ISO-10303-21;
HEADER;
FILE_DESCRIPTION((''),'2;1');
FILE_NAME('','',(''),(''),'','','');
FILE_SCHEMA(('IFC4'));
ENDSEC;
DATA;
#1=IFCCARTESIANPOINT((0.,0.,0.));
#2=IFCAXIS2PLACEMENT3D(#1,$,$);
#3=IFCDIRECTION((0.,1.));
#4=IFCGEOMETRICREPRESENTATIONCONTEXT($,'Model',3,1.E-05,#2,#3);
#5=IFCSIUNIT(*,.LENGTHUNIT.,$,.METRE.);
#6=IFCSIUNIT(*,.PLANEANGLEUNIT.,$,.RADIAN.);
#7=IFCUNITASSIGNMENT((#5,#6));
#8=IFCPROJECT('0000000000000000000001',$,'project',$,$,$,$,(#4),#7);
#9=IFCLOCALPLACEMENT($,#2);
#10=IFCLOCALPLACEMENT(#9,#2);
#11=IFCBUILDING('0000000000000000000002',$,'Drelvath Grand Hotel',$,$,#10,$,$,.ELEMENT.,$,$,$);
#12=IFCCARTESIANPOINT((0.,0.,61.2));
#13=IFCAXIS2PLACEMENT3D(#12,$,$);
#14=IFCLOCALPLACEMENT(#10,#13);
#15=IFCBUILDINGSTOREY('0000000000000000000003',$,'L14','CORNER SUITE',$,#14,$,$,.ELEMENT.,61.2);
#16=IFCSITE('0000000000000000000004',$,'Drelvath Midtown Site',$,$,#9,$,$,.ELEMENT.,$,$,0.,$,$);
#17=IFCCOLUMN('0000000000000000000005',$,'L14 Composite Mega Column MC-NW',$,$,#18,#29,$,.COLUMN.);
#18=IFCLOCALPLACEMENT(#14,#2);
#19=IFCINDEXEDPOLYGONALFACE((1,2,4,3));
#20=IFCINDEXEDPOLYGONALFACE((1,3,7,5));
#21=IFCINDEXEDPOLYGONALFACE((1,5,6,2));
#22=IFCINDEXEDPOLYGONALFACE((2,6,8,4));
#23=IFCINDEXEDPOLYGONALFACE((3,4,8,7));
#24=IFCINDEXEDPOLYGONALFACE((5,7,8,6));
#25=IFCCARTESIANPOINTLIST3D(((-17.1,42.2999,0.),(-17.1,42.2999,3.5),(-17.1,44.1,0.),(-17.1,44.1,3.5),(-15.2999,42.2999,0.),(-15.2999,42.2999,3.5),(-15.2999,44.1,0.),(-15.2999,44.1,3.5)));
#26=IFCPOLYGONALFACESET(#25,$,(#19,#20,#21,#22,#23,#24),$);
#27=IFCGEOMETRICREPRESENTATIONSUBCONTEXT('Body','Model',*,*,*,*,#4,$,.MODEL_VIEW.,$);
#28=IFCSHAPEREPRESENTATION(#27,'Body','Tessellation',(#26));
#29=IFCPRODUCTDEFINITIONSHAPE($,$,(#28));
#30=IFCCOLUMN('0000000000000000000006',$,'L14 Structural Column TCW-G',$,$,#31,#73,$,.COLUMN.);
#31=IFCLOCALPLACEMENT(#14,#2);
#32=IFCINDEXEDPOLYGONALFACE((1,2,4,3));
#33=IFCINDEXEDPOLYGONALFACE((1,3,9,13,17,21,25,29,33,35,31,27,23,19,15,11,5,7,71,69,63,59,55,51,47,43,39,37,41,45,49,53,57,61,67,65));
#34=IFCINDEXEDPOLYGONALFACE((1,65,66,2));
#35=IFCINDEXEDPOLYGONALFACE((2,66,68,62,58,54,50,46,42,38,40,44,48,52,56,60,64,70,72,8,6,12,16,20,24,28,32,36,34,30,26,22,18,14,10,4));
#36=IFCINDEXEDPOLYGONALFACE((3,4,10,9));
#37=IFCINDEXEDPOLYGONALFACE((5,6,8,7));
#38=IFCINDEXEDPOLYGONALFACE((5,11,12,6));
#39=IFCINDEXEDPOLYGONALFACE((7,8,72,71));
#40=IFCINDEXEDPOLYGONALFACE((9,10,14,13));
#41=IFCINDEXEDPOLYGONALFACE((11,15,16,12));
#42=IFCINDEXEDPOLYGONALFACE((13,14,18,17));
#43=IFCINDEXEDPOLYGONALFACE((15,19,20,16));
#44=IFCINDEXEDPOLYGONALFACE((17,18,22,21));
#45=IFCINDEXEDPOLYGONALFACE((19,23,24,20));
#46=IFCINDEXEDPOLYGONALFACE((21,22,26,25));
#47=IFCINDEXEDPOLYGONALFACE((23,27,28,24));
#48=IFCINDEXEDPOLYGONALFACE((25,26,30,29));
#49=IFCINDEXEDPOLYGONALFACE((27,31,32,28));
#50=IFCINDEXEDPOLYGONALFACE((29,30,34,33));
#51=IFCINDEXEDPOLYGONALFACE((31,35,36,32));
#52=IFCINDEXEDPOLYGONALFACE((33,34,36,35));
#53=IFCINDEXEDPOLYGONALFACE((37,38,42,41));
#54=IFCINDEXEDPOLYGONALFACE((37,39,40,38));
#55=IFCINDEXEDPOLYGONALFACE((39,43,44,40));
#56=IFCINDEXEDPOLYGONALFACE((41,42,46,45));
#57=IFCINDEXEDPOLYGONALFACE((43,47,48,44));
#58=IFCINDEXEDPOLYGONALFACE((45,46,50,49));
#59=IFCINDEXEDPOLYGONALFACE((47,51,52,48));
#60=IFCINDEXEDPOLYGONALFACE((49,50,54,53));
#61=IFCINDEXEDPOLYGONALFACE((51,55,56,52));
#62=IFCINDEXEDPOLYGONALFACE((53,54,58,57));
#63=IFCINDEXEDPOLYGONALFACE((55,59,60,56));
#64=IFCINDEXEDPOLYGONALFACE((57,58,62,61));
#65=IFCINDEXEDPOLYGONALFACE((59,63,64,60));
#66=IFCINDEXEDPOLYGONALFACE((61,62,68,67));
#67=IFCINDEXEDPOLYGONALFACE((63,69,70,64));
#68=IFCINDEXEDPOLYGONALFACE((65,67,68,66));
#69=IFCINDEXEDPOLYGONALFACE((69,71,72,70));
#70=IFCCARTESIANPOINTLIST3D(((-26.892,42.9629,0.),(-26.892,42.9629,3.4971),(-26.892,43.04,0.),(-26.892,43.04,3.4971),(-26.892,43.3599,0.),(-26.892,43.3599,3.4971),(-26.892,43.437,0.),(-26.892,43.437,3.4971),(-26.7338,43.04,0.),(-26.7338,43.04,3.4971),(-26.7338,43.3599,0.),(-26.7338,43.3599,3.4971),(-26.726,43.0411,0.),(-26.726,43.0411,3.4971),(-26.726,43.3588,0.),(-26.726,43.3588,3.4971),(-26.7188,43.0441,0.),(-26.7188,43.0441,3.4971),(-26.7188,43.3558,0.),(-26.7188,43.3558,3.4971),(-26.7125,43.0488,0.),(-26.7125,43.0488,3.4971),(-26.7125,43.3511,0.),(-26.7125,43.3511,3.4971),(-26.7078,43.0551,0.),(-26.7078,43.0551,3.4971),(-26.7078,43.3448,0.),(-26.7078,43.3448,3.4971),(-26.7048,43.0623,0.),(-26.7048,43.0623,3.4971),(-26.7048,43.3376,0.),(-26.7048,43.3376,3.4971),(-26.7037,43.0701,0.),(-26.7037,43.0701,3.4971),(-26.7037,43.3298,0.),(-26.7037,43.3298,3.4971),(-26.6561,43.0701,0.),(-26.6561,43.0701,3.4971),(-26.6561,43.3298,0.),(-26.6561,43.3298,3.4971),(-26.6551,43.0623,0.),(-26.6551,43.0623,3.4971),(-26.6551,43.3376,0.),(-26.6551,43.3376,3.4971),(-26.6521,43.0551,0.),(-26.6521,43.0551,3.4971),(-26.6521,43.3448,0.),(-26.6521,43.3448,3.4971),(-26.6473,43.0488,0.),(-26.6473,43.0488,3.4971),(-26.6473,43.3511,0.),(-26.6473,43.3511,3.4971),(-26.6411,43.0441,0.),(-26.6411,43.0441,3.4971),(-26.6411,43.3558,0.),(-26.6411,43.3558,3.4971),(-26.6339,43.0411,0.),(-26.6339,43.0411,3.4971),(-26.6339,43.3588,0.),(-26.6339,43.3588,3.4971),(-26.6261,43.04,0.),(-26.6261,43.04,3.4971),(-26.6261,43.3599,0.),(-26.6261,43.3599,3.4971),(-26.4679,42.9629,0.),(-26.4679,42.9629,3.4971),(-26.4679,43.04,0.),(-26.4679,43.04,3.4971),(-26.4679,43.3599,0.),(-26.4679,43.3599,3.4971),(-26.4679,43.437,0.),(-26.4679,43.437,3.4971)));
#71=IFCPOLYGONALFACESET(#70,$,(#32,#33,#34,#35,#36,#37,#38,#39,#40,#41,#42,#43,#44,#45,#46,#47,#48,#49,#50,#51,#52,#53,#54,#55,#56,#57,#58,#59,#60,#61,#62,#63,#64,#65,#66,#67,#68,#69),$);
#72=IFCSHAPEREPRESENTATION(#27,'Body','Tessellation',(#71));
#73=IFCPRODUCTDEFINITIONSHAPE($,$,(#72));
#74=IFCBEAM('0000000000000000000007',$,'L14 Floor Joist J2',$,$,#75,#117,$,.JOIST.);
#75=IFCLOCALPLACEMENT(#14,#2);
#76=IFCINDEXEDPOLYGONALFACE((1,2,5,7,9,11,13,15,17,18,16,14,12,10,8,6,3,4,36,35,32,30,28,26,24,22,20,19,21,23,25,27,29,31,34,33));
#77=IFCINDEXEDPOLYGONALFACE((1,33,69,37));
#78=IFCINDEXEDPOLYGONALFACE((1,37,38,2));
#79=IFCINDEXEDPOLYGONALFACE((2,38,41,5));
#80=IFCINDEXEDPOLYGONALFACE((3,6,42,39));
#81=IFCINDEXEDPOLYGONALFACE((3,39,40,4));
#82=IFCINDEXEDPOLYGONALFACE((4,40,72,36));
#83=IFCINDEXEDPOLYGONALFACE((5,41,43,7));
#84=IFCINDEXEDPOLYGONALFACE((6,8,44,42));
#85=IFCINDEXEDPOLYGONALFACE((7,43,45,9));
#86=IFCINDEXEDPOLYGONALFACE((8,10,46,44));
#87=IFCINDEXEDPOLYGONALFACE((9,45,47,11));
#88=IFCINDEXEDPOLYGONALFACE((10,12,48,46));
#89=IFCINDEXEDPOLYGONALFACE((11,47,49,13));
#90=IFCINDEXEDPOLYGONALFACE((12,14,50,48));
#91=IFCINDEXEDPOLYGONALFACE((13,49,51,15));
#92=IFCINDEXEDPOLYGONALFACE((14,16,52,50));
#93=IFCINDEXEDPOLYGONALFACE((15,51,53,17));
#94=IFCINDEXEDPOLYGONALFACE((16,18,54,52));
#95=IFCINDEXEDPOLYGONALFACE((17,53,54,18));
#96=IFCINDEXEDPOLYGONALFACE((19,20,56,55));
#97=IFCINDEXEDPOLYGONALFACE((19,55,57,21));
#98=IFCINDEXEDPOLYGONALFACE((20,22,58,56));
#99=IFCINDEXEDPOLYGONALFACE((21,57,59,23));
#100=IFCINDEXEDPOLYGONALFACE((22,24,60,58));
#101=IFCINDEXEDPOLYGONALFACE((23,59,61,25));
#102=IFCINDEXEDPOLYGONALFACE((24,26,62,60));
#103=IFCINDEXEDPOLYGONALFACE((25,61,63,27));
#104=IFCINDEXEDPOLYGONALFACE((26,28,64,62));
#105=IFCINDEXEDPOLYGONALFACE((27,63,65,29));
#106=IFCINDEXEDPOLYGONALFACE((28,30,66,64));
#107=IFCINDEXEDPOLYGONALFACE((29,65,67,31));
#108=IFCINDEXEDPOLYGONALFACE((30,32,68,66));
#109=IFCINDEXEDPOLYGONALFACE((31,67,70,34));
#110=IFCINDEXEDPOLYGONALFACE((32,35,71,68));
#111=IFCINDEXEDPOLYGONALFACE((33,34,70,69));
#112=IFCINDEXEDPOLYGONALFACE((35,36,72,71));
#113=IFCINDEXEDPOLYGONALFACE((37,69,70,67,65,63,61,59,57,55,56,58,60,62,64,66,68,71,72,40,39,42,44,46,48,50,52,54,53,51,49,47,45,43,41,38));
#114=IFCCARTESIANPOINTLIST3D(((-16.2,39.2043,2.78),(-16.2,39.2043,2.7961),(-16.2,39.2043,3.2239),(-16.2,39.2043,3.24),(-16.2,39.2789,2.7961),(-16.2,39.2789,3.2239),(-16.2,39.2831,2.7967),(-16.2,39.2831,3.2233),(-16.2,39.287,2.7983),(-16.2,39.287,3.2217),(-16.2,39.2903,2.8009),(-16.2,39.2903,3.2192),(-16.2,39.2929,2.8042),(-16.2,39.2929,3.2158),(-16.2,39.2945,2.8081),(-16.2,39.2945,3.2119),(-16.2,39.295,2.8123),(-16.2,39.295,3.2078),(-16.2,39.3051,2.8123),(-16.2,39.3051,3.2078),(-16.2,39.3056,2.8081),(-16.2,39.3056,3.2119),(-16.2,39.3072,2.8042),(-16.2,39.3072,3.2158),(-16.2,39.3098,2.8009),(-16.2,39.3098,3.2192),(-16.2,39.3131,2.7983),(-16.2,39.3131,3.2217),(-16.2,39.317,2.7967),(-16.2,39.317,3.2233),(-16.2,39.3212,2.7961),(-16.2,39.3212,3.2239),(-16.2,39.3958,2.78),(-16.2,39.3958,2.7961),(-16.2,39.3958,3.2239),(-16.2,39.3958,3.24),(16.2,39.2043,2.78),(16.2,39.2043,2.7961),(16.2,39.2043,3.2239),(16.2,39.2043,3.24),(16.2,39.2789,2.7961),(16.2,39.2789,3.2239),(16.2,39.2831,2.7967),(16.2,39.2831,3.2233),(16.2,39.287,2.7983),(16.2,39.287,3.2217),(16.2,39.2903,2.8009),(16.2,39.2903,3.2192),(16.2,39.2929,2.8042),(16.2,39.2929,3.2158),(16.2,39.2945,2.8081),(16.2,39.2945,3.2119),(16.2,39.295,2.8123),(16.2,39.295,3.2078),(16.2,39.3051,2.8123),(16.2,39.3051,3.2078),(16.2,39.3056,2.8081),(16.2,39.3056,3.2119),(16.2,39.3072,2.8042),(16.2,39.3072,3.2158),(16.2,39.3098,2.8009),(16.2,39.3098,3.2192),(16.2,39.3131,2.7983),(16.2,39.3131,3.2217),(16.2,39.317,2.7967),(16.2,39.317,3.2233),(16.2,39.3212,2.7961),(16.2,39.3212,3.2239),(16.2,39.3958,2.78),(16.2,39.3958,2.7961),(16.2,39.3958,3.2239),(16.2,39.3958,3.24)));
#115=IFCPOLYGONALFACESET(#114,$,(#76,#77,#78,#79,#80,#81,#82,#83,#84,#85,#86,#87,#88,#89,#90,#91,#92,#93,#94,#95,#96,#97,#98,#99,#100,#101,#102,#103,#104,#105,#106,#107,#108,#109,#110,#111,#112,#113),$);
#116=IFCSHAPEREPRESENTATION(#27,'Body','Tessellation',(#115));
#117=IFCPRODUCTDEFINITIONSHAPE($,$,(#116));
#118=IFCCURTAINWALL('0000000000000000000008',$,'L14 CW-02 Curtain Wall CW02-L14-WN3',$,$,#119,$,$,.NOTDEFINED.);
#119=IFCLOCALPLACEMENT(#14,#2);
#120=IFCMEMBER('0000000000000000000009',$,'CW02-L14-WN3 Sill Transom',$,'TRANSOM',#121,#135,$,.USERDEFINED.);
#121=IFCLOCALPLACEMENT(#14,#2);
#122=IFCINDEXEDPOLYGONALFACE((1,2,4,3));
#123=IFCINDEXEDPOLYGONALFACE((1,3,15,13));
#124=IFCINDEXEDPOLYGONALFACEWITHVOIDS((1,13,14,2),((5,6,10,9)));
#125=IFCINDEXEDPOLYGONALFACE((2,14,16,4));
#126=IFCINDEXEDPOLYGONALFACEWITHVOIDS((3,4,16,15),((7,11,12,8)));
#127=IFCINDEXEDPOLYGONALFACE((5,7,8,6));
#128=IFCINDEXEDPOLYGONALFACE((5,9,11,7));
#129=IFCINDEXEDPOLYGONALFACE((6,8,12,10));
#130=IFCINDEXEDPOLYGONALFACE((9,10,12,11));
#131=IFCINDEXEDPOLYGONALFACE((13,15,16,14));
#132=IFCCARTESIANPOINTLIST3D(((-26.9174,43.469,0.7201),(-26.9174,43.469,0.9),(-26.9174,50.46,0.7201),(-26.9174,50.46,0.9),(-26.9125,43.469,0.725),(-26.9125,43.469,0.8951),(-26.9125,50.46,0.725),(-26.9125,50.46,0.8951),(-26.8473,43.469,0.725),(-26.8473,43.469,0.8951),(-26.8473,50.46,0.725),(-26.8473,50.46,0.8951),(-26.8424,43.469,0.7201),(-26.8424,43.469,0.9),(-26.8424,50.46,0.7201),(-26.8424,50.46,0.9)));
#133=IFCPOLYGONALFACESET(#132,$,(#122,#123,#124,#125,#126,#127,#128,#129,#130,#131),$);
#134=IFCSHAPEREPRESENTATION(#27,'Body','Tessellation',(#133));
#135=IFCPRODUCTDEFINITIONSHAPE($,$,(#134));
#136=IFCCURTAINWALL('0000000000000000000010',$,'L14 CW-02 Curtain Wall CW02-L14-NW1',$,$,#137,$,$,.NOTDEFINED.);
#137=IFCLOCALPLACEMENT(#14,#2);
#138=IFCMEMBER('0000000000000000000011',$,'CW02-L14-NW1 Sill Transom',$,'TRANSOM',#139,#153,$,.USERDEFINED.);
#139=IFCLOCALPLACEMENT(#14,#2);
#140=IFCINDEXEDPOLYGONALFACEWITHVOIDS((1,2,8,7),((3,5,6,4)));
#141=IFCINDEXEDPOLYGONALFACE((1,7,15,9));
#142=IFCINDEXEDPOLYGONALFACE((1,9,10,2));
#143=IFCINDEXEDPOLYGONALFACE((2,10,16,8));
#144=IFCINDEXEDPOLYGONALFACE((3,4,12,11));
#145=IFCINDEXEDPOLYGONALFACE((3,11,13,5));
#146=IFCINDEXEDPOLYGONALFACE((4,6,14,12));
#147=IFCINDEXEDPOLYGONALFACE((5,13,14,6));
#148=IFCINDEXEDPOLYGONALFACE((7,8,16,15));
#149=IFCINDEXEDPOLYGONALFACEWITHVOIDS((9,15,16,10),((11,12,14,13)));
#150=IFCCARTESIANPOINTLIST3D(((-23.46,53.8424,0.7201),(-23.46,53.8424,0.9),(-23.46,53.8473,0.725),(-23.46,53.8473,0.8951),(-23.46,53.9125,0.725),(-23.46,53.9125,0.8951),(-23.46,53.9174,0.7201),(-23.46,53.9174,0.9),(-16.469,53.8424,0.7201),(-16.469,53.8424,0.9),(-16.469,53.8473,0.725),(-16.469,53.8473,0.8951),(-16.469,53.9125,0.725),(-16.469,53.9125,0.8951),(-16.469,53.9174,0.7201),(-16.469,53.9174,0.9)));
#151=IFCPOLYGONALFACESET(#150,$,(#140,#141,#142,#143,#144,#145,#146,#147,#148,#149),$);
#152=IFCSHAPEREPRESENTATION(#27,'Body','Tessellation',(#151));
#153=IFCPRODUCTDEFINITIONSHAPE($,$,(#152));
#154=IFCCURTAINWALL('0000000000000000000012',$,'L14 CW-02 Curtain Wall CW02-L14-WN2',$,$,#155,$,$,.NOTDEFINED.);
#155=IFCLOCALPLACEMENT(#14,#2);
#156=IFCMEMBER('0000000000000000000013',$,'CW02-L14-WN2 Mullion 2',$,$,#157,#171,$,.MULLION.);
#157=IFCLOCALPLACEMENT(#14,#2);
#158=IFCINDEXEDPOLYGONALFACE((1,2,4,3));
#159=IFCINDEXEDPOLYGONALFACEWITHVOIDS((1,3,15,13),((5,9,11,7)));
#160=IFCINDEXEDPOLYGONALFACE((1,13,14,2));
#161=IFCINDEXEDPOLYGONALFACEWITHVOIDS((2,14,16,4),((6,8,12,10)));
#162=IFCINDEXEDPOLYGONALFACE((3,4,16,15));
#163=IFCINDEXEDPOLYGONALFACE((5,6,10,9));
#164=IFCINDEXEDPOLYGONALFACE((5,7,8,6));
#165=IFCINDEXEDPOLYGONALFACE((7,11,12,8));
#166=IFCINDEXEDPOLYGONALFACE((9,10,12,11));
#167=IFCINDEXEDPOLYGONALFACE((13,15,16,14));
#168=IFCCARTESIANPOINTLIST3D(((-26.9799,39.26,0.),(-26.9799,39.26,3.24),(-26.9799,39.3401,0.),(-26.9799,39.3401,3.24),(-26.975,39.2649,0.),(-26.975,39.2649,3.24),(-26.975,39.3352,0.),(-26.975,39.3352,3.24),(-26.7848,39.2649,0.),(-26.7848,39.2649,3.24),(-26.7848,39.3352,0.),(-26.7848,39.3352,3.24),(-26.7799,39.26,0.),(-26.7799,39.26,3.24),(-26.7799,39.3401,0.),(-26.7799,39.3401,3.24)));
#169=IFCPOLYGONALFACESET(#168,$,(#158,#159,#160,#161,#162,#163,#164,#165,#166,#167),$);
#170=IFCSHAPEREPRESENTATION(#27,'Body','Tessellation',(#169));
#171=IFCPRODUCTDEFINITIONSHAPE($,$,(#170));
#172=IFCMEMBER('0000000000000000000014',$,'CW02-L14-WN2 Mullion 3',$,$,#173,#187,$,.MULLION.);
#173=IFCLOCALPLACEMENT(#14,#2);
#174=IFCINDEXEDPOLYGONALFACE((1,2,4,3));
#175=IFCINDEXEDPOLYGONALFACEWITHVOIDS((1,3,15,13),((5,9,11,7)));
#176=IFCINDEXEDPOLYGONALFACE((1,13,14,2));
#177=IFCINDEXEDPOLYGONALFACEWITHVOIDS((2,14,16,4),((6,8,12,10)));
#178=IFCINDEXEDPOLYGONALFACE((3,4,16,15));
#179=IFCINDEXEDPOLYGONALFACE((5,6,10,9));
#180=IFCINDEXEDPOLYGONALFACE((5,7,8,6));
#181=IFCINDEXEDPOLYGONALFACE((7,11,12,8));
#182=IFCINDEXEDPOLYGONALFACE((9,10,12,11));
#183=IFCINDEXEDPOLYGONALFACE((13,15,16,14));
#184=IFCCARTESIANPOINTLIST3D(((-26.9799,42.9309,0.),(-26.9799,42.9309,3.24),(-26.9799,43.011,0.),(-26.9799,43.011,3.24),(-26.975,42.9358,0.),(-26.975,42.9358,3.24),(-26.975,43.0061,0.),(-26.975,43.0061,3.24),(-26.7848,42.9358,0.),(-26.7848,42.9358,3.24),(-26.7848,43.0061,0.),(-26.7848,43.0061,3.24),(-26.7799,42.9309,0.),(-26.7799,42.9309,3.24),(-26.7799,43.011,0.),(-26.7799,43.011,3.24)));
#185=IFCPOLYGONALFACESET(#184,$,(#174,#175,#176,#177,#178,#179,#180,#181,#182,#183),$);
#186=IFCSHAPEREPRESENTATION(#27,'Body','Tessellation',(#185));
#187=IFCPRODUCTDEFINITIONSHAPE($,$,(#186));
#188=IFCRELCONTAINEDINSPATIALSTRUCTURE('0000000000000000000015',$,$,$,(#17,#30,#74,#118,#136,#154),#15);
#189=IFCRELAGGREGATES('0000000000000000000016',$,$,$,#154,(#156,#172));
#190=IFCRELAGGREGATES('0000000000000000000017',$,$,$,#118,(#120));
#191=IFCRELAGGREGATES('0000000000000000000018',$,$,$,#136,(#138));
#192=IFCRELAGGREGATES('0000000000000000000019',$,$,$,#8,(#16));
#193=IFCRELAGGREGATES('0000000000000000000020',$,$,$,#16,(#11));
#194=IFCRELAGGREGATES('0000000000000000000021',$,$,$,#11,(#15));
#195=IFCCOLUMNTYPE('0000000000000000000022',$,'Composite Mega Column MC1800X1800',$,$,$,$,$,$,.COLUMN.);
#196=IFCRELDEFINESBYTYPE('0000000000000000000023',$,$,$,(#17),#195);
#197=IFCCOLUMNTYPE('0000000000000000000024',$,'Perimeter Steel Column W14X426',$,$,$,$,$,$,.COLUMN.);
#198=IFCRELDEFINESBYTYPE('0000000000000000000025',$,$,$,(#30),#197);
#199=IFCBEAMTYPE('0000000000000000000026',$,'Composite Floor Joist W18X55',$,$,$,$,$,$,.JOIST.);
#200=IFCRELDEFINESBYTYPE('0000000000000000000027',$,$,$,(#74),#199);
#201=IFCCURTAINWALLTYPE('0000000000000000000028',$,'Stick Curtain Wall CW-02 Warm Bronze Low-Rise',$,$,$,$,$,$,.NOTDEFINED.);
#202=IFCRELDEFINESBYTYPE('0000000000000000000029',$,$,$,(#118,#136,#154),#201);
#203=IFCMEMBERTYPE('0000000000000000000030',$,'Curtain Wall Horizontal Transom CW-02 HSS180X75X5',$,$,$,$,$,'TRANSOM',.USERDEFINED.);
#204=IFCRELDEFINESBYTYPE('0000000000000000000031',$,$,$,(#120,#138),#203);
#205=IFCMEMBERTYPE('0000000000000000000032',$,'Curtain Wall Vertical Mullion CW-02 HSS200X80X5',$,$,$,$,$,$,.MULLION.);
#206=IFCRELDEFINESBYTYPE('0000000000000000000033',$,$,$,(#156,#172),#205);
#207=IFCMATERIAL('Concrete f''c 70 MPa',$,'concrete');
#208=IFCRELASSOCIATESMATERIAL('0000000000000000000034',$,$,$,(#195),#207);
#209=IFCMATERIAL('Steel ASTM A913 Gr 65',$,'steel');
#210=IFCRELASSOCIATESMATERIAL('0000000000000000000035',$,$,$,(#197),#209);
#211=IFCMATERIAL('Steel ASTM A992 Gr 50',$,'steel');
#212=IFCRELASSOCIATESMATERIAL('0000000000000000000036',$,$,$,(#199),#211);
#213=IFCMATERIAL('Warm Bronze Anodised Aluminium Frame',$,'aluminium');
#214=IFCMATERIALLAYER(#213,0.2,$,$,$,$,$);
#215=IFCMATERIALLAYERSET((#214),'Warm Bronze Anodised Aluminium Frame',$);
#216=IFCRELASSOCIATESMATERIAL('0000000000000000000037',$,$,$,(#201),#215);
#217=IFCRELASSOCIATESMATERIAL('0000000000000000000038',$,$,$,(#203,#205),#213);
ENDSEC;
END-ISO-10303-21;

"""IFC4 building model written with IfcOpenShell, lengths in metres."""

from ifc_helpers import new_model, si_unit, direction, frame, origin, origin_2d, place, context, subcontext, project, spatial, rectangle, hollow_rectangle, i_section, extrude, material, layer, layer_set, material_profile, profile_set, type_object, element, aggregate, save


model = new_model("IFC4")

# Units and contexts
model_context = context("Model", 3, precision=1e-05, world=origin(), true_north=direction((0.0, 1.0)))
body_context = subcontext(model_context, "Body", "Model", "MODEL_VIEW")
ifc_project = project(units=[si_unit("LENGTHUNIT", "METRE"), si_unit("PLANEANGLEUNIT", "RADIAN")], contexts=[model_context])

# Site, building, storey
site_placement = place(None, origin())
site = spatial("IfcSite", under=ifc_project, at=site_placement, Name="Drelvath Midtown Site", CompositionType="ELEMENT", RefElevation=0.0)
building_placement = place(site_placement, origin())
building = spatial("IfcBuilding", under=site, at=building_placement, Name="Drelvath Grand Hotel", CompositionType="ELEMENT")
storey_placement = place(building_placement, frame((0.0, 0.0, 61.2)))
storey = spatial("IfcBuildingStorey", under=building, at=storey_placement, Name="L14", Description="CORNER SUITE", CompositionType="ELEMENT", Elevation=61.2)

# Columns
ifc_material_1 = material(Name="Concrete f'c 70 MPa", Category="concrete")
ifc_material_profile_1 = material_profile(ifc_material_1, rectangle(XDim=1.8, YDim=1.8, at=origin_2d()), Name="MC1800X1800")
ifc_profile_set_1 = profile_set([ifc_material_profile_1], Name="Concrete f'c 70 MPa")
column_type_1 = type_object("IfcColumnType", Name="Composite Mega Column MC1800X1800", PredefinedType="COLUMN", material=ifc_profile_set_1)
column_1_placement = place(storey_placement, frame((-16.2, 43.2, 0.0), z_axis=(0.0, 0.0, 1.0), x_axis=(1.0, 0.0, 0.0)))
element("IfcColumn", 1, at=column_1_placement, inside=storey, type_object=column_type_1, Name="L14 Composite Mega Column MC-NW", PredefinedType="COLUMN", context=body_context, shape_type="SweptSolid", body=[
    extrude(rectangle(XDim=1.8, YDim=1.8, at=origin_2d()), origin(), (0.0, 0.0, 1.0), 3.5),
])
ifc_material_2 = material(Name="Steel ASTM A913 Gr 65", Category="steel")
ifc_material_profile_2 = material_profile(ifc_material_2, i_section(OverallWidth=0.4241, OverallDepth=0.4741, WebThickness=0.0476, FlangeThickness=0.0771, FilletRadius=0.03, at=origin_2d()), Name="W14X426")
ifc_profile_set_2 = profile_set([ifc_material_profile_2], Name="Steel ASTM A913 Gr 65")
column_type_2 = type_object("IfcColumnType", Name="Perimeter Steel Column W14X426", PredefinedType="COLUMN", material=ifc_profile_set_2)
column_2_placement = place(storey_placement, frame((-26.6799, 43.2, 0.0), z_axis=(0.0, 0.0, 1.0), x_axis=(1.0, 0.0, 0.0)))
element("IfcColumn", 2, at=column_2_placement, inside=storey, type_object=column_type_2, Name="L14 Structural Column TCW-G", PredefinedType="COLUMN", context=body_context, shape_type="SweptSolid", body=[
    extrude(i_section(OverallWidth=0.4241, OverallDepth=0.4741, WebThickness=0.0476, FlangeThickness=0.0771, FilletRadius=0.03, at=origin_2d()), origin(), (0.0, 0.0, 1.0), 3.4971),
])

# Beam
ifc_material_3 = material(Name="Steel ASTM A992 Gr 50", Category="steel")
ifc_material_profile_3 = material_profile(ifc_material_3, i_section(OverallWidth=0.1914, OverallDepth=0.46, WebThickness=0.01, FlangeThickness=0.0161, FilletRadius=0.0161, at=origin_2d()), Name="W18X55")
ifc_profile_set_3 = profile_set([ifc_material_profile_3], Name="Steel ASTM A992 Gr 50")
beam_type_1 = type_object("IfcBeamType", Name="Composite Floor Joist W18X55", PredefinedType="JOIST", material=ifc_profile_set_3)
beam_1_placement = place(storey_placement, frame((-16.2, 39.3, 3.01), z_axis=(1.0, 0.0, 0.0), x_axis=(0.0, 1.0, 0.0)))
element("IfcBeam", 3, at=beam_1_placement, inside=storey, type_object=beam_type_1, Name="L14 Floor Joist J2", PredefinedType="JOIST", context=body_context, shape_type="SweptSolid", body=[
    extrude(i_section(OverallWidth=0.1914, OverallDepth=0.46, WebThickness=0.01, FlangeThickness=0.0161, FilletRadius=0.0161, at=origin_2d()), origin(), (0.0, 0.0, 1.0), 32.3999),
])

# Curtain walls, members
ifc_material_4 = material(Name="Warm Bronze Anodised Aluminium Frame", Category="aluminium")
ifc_layer_1 = layer(ifc_material_4, 0.2)
ifc_layer_set_1 = layer_set([ifc_layer_1], Name="Warm Bronze Anodised Aluminium Frame")
curtain_wall_type = type_object("IfcCurtainWallType", Name="Stick Curtain Wall CW-02 Warm Bronze Low-Rise", PredefinedType="NOTDEFINED", material=ifc_layer_set_1)
curtain_wall_1_placement = place(storey_placement, origin())
curtain_wall_1 = element("IfcCurtainWall", 4, at=curtain_wall_1_placement, inside=storey, type_object=curtain_wall_type, Name="L14 CW-02 Curtain Wall CW02-L14-WN3", PredefinedType="NOTDEFINED")
ifc_material_profile_4 = material_profile(ifc_material_4, hollow_rectangle(XDim=0.075, YDim=0.1799, WallThickness=0.0049, at=origin_2d()), Name="HSS180X75X5")
ifc_profile_set_4 = profile_set([ifc_material_profile_4], Name="Warm Bronze Anodised Aluminium Frame")
member_type_1 = type_object("IfcMemberType", Name="Curtain Wall Horizontal Transom CW-02 HSS180X75X5", ElementType="TRANSOM", PredefinedType="USERDEFINED", material=ifc_profile_set_4)
member_1_placement = place(storey_placement, frame((-26.8799, 43.469, 0.8101), z_axis=(0.0, 1.0, 0.0), x_axis=(-1.0, 0.0, 0.0)))
member_1 = element("IfcMember", 5, at=member_1_placement, type_object=member_type_1, Name="CW02-L14-WN3 Sill Transom", ObjectType="TRANSOM", PredefinedType="USERDEFINED", context=body_context, shape_type="SweptSolid", body=[
    extrude(hollow_rectangle(XDim=0.075, YDim=0.1799, WallThickness=0.0049, at=origin_2d()), origin(), (0.0, 0.0, 1.0), 6.991),
])
curtain_wall_2_placement = place(storey_placement, origin())
curtain_wall_2 = element("IfcCurtainWall", 6, at=curtain_wall_2_placement, inside=storey, type_object=curtain_wall_type, Name="L14 CW-02 Curtain Wall CW02-L14-NW1", PredefinedType="NOTDEFINED")
member_2_placement = place(storey_placement, frame((-23.46, 53.8799, 0.8101), z_axis=(1.0, 0.0, 0.0), x_axis=(0.0, 1.0, 0.0)))
member_2 = element("IfcMember", 7, at=member_2_placement, type_object=member_type_1, Name="CW02-L14-NW1 Sill Transom", ObjectType="TRANSOM", PredefinedType="USERDEFINED", context=body_context, shape_type="SweptSolid", body=[
    extrude(hollow_rectangle(XDim=0.075, YDim=0.1799, WallThickness=0.0049, at=origin_2d()), origin(), (0.0, 0.0, 1.0), 6.991),
])

# Curtain wall, members
curtain_wall_3_placement = place(storey_placement, origin())
curtain_wall_3 = element("IfcCurtainWall", 8, at=curtain_wall_3_placement, inside=storey, type_object=curtain_wall_type, Name="L14 CW-02 Curtain Wall CW02-L14-WN2", PredefinedType="NOTDEFINED")
ifc_material_profile_5 = material_profile(ifc_material_4, hollow_rectangle(XDim=0.0801, YDim=0.2, WallThickness=0.0049, at=origin_2d()), Name="HSS200X80X5")
ifc_profile_set_5 = profile_set([ifc_material_profile_5], Name="Warm Bronze Anodised Aluminium Frame")
member_type_2 = type_object("IfcMemberType", Name="Curtain Wall Vertical Mullion CW-02 HSS200X80X5", PredefinedType="MULLION", material=ifc_profile_set_5)
member_3_placement = place(storey_placement, frame((-26.8799, 39.3, 0.0), z_axis=(0.0, 0.0, 1.0), x_axis=(0.0, 1.0, 0.0)))
member_3 = element("IfcMember", 9, at=member_3_placement, type_object=member_type_2, Name="CW02-L14-WN2 Mullion 2", PredefinedType="MULLION", context=body_context, shape_type="SweptSolid", body=[
    extrude(hollow_rectangle(XDim=0.0801, YDim=0.2, WallThickness=0.0049, at=origin_2d()), origin(), (0.0, 0.0, 1.0), 3.24),
])
member_4_placement = place(storey_placement, frame((-26.8799, 42.9709, 0.0), z_axis=(0.0, 0.0, 1.0), x_axis=(0.0, 1.0, 0.0)))
member_4 = element("IfcMember", 10, at=member_4_placement, type_object=member_type_2, Name="CW02-L14-WN2 Mullion 3", PredefinedType="MULLION", context=body_context, shape_type="SweptSolid", body=[
    extrude(hollow_rectangle(XDim=0.0801, YDim=0.2, WallThickness=0.0049, at=origin_2d()), origin(), (0.0, 0.0, 1.0), 3.24),
])

aggregate(curtain_wall_3, [member_3, member_4])
aggregate(curtain_wall_1, [member_1])
aggregate(curtain_wall_2, [member_2])

save(model, "model.ifc")
